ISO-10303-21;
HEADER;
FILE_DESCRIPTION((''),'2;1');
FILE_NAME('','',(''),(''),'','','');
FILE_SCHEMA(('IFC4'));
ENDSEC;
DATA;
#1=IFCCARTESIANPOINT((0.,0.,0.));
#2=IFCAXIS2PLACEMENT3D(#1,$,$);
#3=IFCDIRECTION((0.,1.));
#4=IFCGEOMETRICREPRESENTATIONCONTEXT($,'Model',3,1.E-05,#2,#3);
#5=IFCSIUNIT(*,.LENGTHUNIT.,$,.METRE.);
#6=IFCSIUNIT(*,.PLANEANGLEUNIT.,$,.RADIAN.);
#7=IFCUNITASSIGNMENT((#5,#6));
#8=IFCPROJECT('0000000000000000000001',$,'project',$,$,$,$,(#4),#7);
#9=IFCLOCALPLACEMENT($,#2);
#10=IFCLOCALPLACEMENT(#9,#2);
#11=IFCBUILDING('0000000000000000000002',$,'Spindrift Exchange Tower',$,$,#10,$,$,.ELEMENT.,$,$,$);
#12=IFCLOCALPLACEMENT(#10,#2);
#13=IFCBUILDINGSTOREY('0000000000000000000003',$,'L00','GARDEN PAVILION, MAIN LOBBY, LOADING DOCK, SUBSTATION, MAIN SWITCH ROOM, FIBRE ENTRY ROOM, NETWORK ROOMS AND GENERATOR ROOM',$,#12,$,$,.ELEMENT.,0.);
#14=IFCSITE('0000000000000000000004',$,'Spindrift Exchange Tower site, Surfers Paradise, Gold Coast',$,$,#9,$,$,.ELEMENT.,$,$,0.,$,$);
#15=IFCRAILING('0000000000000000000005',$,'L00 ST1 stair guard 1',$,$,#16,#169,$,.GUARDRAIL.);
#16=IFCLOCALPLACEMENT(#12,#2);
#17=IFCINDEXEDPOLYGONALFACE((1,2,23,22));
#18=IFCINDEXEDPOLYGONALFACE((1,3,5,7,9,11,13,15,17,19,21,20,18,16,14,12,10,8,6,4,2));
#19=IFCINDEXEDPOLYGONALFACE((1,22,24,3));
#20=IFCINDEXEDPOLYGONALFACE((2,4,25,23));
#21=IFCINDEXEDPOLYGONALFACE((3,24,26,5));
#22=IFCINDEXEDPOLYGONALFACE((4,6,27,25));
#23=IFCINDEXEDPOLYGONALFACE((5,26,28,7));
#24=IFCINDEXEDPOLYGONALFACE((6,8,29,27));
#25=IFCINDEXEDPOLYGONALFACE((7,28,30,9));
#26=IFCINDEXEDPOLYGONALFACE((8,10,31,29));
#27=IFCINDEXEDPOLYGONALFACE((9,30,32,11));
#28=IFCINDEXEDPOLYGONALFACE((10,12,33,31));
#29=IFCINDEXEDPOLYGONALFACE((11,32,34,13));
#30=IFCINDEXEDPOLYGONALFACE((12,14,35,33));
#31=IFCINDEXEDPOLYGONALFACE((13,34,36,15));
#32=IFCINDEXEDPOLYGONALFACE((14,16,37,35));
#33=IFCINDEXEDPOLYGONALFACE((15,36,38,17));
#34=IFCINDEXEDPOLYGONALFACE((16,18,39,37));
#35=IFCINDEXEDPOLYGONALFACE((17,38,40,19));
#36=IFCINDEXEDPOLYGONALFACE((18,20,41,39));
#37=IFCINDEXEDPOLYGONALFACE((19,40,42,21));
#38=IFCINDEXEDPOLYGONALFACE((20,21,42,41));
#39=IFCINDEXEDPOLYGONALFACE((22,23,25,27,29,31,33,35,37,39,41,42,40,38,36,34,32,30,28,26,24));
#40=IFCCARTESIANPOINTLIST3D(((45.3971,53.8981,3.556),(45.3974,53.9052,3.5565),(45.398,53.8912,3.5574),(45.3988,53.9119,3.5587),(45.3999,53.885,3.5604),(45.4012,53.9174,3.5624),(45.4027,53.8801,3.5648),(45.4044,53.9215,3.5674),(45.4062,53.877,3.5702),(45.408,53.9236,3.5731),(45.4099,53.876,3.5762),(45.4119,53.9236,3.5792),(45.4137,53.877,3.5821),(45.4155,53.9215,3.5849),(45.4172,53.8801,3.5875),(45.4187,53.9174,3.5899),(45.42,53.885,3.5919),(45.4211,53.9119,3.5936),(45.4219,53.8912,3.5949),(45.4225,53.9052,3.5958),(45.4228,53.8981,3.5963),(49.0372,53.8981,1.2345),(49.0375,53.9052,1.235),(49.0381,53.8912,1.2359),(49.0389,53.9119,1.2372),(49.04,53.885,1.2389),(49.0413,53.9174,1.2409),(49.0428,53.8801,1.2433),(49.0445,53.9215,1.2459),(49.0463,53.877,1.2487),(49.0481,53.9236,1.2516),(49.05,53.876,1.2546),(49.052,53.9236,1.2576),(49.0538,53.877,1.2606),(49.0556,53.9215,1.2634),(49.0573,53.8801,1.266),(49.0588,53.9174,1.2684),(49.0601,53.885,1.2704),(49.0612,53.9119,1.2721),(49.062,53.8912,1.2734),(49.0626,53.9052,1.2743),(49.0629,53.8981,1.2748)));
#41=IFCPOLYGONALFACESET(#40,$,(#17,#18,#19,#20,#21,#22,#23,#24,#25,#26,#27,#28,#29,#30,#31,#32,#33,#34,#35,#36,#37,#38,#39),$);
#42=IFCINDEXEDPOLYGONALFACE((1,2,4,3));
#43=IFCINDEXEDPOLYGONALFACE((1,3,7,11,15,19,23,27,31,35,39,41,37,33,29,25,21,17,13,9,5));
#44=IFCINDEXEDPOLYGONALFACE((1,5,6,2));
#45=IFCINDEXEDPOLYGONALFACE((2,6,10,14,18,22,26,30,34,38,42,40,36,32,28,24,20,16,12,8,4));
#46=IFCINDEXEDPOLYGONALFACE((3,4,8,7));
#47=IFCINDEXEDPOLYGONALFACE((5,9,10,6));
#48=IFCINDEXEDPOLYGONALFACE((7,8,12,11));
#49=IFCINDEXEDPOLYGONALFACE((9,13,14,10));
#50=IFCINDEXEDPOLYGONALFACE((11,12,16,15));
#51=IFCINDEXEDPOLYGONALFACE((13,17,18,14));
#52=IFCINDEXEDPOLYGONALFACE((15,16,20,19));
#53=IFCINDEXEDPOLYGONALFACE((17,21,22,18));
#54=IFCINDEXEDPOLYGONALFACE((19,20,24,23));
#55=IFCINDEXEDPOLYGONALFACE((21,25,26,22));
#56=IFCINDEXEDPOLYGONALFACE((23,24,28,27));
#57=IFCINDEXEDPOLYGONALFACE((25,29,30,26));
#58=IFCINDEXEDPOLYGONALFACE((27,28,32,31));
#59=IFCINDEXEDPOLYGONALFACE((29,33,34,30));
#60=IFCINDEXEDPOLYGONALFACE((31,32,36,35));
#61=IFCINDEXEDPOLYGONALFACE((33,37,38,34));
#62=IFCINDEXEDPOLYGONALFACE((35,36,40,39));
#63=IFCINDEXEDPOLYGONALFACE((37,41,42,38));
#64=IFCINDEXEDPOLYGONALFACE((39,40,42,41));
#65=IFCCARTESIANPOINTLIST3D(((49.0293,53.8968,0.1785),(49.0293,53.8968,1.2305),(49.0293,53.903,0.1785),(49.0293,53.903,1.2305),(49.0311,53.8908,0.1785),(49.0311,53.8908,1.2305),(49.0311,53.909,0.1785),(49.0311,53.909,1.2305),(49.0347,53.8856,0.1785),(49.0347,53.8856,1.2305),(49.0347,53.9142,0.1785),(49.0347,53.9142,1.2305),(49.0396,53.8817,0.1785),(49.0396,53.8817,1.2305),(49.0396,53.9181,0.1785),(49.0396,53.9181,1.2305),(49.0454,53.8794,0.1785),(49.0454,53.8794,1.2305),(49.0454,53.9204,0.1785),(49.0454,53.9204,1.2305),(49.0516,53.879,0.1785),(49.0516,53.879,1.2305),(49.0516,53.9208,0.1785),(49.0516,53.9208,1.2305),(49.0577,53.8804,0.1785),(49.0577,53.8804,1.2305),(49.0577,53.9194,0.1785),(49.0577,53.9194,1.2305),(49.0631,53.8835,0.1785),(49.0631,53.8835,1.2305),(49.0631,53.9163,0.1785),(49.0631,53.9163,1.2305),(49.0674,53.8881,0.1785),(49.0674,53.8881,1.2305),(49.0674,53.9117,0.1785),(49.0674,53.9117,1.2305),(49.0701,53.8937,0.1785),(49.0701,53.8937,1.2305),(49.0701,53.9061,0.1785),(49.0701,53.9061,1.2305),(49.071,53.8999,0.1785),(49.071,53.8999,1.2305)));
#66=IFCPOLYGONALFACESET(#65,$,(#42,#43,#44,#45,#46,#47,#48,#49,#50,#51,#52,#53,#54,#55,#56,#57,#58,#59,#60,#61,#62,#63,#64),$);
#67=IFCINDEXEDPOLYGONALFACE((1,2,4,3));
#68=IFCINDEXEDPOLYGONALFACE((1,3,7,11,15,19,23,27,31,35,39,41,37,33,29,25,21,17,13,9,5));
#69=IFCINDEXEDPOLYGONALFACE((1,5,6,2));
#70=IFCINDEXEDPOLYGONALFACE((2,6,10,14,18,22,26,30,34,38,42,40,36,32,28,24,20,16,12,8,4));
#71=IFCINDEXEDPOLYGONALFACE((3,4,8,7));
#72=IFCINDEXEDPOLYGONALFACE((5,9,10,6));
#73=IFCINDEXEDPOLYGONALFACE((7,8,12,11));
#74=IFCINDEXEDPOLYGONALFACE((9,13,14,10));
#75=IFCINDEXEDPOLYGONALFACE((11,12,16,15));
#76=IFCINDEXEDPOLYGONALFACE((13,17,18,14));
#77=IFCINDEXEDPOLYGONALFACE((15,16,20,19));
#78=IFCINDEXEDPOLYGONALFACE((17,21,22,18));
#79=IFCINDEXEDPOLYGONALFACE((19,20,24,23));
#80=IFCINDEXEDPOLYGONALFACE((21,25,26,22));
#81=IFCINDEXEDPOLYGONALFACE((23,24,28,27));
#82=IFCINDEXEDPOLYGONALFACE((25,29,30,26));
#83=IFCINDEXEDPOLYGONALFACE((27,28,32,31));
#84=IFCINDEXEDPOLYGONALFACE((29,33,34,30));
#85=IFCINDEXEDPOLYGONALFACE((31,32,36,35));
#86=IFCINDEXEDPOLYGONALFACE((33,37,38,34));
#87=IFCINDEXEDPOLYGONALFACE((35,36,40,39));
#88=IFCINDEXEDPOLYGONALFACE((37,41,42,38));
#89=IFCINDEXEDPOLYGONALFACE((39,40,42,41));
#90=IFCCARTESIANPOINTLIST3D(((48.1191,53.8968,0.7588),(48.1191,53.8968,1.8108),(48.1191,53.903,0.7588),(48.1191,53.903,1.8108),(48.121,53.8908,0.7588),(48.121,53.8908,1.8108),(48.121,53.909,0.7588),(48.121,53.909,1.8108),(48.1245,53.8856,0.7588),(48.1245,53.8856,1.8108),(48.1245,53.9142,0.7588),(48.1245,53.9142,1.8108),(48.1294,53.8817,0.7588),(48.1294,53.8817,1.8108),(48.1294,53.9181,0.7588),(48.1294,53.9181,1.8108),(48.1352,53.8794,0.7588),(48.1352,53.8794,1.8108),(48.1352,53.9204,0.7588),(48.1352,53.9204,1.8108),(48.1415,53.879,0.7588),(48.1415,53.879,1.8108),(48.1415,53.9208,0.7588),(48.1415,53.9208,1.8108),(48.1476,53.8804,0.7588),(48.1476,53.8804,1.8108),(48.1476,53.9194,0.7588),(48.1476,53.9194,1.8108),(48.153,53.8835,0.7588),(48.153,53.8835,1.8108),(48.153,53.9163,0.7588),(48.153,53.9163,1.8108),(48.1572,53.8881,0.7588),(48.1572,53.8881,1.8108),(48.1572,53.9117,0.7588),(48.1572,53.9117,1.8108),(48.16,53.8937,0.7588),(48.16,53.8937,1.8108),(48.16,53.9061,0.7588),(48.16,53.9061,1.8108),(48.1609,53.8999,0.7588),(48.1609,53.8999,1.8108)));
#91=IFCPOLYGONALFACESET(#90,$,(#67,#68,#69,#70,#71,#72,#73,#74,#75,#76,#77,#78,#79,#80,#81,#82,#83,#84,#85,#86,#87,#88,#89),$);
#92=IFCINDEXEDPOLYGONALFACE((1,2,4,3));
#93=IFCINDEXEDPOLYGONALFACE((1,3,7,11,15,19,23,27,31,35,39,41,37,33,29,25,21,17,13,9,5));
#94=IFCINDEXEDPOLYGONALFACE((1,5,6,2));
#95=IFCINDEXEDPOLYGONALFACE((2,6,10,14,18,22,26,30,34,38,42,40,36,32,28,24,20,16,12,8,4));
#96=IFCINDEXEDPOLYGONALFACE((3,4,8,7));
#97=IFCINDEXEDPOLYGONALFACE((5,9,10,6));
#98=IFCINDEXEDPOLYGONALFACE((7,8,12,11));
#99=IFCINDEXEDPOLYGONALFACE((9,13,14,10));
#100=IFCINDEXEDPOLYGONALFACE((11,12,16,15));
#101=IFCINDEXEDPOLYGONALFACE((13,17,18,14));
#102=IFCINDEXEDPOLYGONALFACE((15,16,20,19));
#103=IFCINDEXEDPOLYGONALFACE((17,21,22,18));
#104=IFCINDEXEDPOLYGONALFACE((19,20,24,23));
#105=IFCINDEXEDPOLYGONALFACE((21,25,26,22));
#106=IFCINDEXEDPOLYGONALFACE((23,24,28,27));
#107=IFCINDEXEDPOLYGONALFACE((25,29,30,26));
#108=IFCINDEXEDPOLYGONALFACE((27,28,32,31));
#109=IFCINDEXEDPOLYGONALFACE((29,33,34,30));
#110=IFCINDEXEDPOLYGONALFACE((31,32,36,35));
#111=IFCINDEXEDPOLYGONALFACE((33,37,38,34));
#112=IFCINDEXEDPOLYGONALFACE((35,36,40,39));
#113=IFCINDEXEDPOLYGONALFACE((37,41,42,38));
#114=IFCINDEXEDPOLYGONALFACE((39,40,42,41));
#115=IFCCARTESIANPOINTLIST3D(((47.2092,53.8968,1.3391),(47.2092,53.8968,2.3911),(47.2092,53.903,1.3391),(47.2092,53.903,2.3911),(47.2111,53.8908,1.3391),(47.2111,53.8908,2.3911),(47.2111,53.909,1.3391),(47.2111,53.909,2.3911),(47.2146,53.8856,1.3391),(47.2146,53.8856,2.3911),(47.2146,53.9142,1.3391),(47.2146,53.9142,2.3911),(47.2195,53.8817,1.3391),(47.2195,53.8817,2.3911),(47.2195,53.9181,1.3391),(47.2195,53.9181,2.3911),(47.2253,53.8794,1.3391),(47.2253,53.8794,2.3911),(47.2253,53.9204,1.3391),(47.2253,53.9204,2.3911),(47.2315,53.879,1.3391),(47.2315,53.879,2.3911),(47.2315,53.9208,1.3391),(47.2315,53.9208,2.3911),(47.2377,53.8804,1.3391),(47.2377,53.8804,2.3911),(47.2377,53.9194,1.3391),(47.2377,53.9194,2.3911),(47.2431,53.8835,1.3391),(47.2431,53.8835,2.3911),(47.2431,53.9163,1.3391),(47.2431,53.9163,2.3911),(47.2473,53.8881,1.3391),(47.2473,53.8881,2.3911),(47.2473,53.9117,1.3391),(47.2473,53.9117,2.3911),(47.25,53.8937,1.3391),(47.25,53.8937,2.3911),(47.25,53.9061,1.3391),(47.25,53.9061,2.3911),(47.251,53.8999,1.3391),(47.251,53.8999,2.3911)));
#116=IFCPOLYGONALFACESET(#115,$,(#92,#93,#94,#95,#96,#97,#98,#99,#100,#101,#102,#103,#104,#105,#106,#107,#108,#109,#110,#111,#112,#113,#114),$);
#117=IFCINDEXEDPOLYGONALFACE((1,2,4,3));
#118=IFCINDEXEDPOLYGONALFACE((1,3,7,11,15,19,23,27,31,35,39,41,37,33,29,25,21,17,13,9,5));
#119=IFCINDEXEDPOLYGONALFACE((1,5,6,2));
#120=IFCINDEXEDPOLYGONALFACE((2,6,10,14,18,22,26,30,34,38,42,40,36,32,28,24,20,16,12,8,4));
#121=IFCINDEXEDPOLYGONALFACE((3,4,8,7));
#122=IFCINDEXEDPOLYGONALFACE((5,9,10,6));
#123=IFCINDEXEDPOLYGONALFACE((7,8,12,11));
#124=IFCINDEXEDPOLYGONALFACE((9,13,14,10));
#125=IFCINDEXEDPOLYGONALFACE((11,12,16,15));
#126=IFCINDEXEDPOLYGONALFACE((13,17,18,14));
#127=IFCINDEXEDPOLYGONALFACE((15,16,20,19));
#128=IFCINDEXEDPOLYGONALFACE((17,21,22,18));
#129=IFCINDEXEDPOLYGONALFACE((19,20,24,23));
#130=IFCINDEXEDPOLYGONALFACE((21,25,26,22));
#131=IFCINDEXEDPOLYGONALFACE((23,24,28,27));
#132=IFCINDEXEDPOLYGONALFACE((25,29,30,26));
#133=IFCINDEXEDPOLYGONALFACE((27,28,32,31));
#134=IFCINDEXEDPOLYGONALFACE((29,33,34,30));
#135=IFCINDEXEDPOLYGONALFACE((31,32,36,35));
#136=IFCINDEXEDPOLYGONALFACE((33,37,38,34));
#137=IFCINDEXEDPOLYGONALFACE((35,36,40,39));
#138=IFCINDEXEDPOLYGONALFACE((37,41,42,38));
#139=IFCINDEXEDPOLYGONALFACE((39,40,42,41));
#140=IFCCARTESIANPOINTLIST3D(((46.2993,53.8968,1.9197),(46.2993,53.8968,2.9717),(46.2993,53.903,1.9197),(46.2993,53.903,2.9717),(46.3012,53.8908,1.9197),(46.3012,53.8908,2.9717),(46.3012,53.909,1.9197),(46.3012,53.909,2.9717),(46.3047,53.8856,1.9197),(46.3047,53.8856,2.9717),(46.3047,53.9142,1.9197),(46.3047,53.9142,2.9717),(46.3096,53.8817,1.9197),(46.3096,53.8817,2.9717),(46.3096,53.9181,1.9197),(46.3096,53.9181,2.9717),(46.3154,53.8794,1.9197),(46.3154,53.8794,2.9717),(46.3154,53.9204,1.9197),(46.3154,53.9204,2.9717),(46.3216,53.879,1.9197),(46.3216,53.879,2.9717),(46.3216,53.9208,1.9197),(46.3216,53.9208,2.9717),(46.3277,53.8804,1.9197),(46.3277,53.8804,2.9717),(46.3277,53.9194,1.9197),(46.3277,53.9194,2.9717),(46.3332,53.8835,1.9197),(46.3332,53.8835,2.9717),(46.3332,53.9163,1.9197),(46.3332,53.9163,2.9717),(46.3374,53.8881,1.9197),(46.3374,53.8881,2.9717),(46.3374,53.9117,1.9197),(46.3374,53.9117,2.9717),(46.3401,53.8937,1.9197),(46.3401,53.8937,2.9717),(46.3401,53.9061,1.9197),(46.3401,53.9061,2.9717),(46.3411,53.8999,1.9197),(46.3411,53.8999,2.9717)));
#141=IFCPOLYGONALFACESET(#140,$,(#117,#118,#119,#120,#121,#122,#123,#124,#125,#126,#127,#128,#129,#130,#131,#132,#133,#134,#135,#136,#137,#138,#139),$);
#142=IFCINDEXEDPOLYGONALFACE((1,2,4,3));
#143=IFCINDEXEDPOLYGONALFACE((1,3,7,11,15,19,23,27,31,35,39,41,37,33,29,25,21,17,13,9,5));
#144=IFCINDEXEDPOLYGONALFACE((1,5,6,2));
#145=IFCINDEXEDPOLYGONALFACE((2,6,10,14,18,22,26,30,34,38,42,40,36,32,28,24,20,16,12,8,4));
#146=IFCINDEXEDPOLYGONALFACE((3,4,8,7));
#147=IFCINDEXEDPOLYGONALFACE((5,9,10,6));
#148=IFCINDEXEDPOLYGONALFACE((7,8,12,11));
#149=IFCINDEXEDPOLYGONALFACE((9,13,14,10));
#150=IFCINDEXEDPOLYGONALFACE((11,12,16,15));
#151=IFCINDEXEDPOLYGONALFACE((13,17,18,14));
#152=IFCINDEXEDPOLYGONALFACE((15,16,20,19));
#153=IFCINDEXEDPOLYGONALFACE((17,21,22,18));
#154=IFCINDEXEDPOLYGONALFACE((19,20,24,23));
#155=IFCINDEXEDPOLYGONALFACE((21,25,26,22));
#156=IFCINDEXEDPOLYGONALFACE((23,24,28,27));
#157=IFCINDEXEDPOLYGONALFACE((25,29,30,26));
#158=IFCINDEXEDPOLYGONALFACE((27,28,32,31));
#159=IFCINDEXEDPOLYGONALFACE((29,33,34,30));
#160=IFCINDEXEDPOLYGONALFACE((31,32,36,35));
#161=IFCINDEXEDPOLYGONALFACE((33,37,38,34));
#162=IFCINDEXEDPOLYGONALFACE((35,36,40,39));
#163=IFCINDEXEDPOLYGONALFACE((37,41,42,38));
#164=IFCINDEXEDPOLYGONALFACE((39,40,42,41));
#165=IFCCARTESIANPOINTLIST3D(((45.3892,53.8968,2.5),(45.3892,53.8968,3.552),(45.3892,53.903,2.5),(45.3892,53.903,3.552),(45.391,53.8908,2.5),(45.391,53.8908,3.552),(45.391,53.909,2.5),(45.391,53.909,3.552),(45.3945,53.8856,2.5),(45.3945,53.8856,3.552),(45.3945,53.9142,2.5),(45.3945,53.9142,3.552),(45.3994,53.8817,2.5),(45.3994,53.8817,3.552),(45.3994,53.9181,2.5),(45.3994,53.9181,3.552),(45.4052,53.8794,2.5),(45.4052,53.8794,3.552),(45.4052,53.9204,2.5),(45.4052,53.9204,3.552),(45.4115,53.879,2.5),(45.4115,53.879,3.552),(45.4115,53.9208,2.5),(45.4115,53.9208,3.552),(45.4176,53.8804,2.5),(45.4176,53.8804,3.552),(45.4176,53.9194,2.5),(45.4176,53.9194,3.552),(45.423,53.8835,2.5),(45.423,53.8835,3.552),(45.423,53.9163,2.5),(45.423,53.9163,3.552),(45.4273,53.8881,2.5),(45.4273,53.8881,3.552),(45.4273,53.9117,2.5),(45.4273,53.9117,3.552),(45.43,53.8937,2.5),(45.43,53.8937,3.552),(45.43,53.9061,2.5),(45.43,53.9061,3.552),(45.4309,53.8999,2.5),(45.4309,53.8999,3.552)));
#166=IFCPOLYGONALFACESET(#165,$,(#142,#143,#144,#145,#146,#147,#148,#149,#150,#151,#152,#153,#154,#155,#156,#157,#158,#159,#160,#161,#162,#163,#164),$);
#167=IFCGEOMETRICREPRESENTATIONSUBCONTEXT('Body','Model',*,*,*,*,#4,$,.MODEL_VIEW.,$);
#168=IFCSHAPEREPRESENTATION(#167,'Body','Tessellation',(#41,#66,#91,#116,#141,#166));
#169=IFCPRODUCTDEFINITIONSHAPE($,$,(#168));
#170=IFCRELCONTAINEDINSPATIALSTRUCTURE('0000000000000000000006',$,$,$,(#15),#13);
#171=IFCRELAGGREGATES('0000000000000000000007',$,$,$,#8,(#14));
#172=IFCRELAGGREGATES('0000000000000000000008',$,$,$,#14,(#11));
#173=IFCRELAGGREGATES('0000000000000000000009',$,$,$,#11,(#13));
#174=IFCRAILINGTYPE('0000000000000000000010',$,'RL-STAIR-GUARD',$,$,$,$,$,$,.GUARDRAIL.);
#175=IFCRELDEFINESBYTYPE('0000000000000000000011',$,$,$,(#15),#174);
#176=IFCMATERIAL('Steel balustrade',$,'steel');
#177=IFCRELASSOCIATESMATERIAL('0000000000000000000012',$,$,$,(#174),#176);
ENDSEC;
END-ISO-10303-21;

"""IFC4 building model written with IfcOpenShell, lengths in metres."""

from ifc_helpers import new_model, si_unit, direction, frame, origin, origin_2d, place, context, subcontext, project, spatial, circle, extrude, material, type_object, element, save


model = new_model("IFC4")

# Units and contexts
model_context = context("Model", 3, precision=1e-05, world=origin(), true_north=direction((0.0, 1.0)))
body_context = subcontext(model_context, "Body", "Model", "MODEL_VIEW")
ifc_project = project(units=[si_unit("LENGTHUNIT", "METRE"), si_unit("PLANEANGLEUNIT", "RADIAN")], contexts=[model_context])

# Site, building, storey
site_placement = place(None, origin())
site = spatial("IfcSite", under=ifc_project, at=site_placement, Name="Spindrift Exchange Tower site, Surfers Paradise, Gold Coast", CompositionType="ELEMENT", RefElevation=0.0)
building_placement = place(site_placement, origin())
building = spatial("IfcBuilding", under=site, at=building_placement, Name="Spindrift Exchange Tower", CompositionType="ELEMENT")
storey_placement = place(building_placement, origin())
storey = spatial("IfcBuildingStorey", under=building, at=storey_placement, Name="L00", Description="GARDEN PAVILION, MAIN LOBBY, LOADING DOCK, SUBSTATION, MAIN SWITCH ROOM, FIBRE ENTRY ROOM, NETWORK ROOMS AND GENERATOR ROOM", CompositionType="ELEMENT", Elevation=0.0)

# Railing
ifc_material_1 = material(Name="Steel balustrade", Category="steel")
railing_type_1 = type_object("IfcRailingType", Name="RL-STAIR-GUARD", PredefinedType="GUARDRAIL", material=ifc_material_1)
railing_1_placement = place(storey_placement, frame((49.05, 53.8999, 0.1785)))
element("IfcRailing", 1, at=railing_1_placement, inside=storey, type_object=railing_type_1, Name="L00 ST1 stair guard 1", PredefinedType="GUARDRAIL", context=body_context, shape_type="SweptSolid", body=[
    extrude(circle(Radius=0.0239, at=origin_2d()), frame((0.0, 0.0, 1.0762), z_axis=(-0.843128, 0.0, 0.537713), x_axis=(0.0, -1.0, 0.0)), (0.0, 0.0, 1.0), 4.3174),
    extrude(circle(Radius=0.021, at=origin_2d()), origin(), (0.0, 0.0, 1.0), 1.052),
    extrude(circle(Radius=0.021, at=origin_2d()), frame((-0.9102, 0.0, 0.5803)), (0.0, 0.0, 1.0), 1.052),
    extrude(circle(Radius=0.021, at=origin_2d()), frame((-1.8201, 0.0, 1.1606)), (0.0, 0.0, 1.0), 1.052),
    extrude(circle(Radius=0.021, at=origin_2d()), frame((-2.73, 0.0, 1.7412)), (0.0, 0.0, 1.0), 1.052),
    extrude(circle(Radius=0.021, at=origin_2d()), frame((-3.6401, 0.0, 2.3215)), (0.0, 0.0, 1.0), 1.052),
])

save(model, "model.ifc")
